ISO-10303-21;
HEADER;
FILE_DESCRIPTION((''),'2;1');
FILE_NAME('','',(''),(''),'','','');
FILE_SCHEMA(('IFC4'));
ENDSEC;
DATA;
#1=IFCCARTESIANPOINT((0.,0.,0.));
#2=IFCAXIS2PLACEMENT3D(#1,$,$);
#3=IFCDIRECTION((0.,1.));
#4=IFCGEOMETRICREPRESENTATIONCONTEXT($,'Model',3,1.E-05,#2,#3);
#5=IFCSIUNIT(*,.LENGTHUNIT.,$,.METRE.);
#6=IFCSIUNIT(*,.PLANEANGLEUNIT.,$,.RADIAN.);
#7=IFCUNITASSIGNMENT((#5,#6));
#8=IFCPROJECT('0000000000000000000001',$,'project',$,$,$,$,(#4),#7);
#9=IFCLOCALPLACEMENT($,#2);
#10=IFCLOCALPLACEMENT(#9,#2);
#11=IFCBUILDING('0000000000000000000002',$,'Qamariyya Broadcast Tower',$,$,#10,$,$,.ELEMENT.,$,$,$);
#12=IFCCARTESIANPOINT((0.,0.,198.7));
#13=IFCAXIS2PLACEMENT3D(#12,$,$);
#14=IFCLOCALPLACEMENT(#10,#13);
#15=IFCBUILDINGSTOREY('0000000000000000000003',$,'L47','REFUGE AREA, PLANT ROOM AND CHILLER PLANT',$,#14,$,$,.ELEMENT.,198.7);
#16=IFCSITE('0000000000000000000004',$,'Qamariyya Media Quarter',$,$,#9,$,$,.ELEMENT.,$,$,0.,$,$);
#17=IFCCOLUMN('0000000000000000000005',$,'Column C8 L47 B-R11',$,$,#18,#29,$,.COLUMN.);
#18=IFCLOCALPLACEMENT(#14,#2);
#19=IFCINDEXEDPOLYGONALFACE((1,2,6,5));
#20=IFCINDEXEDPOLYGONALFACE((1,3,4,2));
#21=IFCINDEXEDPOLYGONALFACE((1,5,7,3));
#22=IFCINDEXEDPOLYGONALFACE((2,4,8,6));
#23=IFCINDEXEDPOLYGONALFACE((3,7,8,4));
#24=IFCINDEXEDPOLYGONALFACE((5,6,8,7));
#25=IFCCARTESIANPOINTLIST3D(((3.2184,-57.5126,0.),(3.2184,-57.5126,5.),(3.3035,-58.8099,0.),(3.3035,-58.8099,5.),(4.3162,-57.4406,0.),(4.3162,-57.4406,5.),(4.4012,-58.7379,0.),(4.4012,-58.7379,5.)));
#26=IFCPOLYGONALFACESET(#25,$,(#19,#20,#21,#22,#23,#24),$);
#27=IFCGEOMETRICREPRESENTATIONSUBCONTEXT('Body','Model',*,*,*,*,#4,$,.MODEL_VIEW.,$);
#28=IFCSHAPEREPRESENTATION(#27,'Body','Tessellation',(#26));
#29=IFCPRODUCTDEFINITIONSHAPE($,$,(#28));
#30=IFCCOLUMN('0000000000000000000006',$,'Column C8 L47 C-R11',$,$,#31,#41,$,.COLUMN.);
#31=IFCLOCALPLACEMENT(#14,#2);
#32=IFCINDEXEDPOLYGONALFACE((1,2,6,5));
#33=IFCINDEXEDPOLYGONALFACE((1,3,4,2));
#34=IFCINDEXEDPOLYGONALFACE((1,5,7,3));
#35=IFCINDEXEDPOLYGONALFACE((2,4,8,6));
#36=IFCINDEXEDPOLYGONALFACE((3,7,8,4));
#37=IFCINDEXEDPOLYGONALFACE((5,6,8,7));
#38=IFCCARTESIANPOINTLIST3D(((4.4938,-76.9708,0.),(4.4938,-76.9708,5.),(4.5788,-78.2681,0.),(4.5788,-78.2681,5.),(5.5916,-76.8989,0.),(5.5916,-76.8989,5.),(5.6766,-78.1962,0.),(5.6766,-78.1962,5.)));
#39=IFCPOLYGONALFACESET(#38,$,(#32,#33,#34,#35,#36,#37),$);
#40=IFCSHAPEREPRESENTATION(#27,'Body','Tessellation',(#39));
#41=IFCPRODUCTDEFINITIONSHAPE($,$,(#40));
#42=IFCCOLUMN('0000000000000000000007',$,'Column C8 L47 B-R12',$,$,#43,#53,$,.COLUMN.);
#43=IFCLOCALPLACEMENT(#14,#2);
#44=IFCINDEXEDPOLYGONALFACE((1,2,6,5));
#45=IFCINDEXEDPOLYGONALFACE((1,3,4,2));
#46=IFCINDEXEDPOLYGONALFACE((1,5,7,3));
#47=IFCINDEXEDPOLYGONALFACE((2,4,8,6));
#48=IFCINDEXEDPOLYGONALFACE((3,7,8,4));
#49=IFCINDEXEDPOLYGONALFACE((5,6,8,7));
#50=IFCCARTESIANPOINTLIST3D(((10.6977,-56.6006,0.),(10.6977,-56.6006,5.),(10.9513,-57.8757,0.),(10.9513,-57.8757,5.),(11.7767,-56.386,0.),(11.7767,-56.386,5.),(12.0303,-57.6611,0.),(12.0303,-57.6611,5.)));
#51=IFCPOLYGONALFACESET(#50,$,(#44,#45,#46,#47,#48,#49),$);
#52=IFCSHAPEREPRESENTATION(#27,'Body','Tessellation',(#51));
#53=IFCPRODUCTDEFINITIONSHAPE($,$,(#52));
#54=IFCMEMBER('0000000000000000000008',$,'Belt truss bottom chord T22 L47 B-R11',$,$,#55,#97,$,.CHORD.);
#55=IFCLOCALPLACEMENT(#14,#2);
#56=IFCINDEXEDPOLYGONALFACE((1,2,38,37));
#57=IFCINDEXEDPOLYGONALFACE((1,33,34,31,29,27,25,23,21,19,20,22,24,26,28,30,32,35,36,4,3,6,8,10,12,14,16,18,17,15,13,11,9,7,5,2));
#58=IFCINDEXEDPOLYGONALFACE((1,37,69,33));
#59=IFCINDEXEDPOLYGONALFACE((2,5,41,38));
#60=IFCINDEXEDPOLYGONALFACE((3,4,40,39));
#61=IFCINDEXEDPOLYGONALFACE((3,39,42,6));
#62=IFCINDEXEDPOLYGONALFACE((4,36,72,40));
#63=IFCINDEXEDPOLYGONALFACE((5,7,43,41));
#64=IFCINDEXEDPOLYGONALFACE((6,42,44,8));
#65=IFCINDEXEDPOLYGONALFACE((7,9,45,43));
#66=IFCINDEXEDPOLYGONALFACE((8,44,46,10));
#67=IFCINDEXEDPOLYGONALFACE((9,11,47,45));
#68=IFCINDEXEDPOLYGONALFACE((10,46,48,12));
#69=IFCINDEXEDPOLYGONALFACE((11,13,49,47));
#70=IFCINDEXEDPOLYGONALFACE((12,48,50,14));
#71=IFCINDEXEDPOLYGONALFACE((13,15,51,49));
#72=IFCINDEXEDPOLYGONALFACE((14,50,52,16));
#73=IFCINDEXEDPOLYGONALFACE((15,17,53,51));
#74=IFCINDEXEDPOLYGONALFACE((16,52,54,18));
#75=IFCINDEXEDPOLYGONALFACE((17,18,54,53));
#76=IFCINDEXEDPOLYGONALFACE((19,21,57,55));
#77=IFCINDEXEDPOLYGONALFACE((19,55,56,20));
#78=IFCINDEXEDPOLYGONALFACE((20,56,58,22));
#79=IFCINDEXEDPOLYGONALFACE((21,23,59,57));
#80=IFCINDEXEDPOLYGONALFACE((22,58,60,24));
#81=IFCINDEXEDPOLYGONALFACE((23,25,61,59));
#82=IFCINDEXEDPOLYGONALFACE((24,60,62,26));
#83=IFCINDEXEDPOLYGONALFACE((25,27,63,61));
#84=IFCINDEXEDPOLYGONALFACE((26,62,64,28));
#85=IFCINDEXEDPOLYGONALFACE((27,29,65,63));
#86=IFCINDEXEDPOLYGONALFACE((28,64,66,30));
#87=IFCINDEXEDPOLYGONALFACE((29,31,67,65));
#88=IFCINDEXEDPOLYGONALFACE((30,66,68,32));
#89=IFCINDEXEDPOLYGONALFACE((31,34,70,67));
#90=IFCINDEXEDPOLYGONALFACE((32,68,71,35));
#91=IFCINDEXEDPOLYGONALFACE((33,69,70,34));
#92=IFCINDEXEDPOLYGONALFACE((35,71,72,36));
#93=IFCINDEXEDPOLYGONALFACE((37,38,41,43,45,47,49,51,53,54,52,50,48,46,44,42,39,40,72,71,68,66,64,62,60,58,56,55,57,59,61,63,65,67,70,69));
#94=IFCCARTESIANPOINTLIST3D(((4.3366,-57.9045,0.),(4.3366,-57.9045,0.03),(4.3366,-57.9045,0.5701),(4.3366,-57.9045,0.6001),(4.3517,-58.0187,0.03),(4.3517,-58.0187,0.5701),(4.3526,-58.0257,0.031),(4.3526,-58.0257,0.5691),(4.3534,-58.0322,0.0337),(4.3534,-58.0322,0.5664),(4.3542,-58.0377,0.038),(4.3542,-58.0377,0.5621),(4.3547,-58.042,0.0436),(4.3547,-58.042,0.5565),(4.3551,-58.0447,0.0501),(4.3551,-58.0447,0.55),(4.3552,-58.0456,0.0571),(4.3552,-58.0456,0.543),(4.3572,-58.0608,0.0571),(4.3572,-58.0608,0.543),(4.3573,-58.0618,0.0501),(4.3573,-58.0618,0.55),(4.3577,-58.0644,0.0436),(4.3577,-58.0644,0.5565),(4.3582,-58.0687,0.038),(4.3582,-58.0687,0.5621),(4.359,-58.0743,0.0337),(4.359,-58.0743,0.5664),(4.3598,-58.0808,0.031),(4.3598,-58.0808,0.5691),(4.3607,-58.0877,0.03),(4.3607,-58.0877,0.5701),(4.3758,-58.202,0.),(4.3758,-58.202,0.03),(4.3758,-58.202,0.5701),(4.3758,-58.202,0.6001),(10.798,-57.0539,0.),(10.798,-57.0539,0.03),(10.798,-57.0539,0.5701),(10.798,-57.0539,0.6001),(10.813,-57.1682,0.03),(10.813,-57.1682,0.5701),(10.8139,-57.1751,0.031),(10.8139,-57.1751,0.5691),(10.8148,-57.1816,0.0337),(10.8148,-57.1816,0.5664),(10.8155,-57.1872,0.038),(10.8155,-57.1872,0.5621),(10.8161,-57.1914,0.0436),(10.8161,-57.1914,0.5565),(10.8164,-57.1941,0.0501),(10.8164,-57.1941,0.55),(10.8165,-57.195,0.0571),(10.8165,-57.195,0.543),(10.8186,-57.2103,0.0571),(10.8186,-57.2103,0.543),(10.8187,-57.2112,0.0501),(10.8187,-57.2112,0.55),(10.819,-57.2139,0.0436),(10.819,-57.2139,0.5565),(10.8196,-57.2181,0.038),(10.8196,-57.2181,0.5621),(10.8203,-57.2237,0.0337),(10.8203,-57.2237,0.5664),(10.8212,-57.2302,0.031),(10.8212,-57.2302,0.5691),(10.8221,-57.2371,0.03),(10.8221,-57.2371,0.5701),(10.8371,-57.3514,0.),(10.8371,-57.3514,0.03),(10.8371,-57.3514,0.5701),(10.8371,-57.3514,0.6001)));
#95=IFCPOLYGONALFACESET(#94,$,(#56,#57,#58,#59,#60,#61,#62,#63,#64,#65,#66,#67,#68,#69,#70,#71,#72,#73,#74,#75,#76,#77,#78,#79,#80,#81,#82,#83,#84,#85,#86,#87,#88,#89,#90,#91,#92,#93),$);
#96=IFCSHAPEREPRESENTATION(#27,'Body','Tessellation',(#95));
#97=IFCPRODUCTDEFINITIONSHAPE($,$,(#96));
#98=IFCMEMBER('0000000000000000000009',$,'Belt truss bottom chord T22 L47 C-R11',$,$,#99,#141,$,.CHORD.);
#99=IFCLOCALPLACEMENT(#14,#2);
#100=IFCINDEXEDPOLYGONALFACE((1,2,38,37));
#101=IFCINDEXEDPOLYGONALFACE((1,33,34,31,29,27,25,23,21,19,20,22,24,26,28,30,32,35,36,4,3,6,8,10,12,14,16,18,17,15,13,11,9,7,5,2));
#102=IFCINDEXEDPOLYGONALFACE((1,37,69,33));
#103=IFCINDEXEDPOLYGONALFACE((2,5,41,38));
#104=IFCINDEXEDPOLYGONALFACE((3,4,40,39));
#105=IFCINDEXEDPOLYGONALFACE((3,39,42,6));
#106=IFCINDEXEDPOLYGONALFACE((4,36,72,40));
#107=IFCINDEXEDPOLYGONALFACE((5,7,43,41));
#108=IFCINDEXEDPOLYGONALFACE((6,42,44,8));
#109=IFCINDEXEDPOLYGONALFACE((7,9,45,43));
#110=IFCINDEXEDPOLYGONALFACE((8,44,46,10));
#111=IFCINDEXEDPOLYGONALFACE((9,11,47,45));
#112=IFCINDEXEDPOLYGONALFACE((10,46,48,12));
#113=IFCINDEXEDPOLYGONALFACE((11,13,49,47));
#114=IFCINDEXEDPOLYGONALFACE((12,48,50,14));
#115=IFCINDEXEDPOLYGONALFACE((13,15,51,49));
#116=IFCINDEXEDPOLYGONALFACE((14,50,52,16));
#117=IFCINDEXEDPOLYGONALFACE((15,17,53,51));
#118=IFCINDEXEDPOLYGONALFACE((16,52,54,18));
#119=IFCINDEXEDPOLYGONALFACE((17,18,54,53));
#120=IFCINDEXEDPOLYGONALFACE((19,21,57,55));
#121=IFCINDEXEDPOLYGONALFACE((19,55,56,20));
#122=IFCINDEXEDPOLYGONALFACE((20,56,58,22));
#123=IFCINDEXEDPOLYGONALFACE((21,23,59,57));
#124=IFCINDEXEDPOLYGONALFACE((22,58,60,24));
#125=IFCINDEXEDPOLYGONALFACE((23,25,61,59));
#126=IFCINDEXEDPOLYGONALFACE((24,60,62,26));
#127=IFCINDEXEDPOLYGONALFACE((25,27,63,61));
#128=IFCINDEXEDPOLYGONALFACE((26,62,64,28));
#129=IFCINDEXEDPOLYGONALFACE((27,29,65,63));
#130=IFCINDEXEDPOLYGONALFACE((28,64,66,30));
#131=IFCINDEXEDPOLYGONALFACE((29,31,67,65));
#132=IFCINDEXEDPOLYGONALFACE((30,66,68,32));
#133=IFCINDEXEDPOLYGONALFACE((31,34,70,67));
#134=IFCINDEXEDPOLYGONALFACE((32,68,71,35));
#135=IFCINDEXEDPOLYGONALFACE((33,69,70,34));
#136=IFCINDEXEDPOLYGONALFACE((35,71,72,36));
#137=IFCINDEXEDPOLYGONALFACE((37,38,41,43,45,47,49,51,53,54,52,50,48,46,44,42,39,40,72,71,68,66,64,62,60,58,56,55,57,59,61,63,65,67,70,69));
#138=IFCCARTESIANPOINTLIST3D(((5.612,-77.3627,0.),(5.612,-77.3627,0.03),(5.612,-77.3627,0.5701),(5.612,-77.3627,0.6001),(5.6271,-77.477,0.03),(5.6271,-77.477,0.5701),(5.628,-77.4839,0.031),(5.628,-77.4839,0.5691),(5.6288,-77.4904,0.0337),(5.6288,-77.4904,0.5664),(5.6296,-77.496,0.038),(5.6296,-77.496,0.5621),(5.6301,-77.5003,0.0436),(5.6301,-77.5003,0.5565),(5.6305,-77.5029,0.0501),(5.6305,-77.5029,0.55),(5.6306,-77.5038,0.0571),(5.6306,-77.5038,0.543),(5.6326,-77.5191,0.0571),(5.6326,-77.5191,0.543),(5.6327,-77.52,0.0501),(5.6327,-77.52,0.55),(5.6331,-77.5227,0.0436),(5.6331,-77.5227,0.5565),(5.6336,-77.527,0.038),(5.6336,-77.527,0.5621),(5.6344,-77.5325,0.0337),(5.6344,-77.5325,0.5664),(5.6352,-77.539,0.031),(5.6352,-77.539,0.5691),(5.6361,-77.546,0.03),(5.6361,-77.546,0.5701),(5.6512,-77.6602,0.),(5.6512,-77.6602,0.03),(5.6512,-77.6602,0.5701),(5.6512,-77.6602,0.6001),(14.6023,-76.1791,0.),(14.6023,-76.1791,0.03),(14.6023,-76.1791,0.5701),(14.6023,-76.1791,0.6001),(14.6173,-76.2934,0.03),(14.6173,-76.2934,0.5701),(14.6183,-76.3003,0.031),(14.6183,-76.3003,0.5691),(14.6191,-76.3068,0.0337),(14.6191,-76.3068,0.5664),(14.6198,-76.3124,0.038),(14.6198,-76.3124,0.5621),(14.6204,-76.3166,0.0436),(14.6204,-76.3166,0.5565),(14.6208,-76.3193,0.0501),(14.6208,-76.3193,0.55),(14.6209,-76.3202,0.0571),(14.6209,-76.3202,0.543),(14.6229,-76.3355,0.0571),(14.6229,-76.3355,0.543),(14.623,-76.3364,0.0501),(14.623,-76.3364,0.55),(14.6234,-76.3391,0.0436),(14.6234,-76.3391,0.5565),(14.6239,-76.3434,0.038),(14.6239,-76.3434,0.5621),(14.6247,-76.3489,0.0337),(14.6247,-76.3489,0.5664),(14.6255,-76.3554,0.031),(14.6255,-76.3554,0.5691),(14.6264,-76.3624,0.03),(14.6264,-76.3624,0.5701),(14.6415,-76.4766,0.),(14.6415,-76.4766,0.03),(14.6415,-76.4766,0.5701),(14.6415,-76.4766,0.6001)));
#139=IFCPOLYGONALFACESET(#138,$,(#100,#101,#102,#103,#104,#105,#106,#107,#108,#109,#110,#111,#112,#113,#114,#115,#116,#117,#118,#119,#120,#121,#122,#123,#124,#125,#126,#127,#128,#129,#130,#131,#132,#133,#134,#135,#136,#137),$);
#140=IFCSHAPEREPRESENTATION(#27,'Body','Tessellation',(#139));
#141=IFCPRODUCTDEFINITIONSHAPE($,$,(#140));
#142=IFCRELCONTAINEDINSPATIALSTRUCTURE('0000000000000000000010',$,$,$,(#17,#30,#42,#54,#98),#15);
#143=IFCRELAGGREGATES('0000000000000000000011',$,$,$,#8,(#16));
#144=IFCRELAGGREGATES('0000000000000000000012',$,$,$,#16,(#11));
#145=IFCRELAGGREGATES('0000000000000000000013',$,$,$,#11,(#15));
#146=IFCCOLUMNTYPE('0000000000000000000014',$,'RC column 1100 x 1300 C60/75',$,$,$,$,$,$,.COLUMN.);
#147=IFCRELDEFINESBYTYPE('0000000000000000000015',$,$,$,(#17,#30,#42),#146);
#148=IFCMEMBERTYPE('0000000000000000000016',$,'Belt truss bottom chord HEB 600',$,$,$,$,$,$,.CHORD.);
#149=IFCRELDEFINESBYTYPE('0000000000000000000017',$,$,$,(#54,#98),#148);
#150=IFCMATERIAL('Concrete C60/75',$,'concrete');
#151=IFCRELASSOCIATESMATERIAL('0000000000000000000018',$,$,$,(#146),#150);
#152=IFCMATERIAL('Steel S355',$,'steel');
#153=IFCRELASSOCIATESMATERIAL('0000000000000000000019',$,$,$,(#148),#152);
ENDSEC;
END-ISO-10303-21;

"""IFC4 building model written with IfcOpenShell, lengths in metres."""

from ifc_helpers import new_model, si_unit, direction, frame, origin, origin_2d, place, context, subcontext, project, spatial, rectangle, i_section, extrude, material, material_profile, profile_set, type_object, element, save


model = new_model("IFC4")

# Units and contexts
model_context = context("Model", 3, precision=1e-05, world=origin(), true_north=direction((0.0, 1.0)))
body_context = subcontext(model_context, "Body", "Model", "MODEL_VIEW")
ifc_project = project(units=[si_unit("LENGTHUNIT", "METRE"), si_unit("PLANEANGLEUNIT", "RADIAN")], contexts=[model_context])

# Site, building, storey
site_placement = place(None, origin())
site = spatial("IfcSite", under=ifc_project, at=site_placement, Name="Qamariyya Media Quarter", CompositionType="ELEMENT", RefElevation=0.0)
building_placement = place(site_placement, origin())
building = spatial("IfcBuilding", under=site, at=building_placement, Name="Qamariyya Broadcast Tower", CompositionType="ELEMENT")
storey_placement = place(building_placement, frame((0.0, 0.0, 198.7)))
storey = spatial("IfcBuildingStorey", under=building, at=storey_placement, Name="L47", Description="REFUGE AREA, PLANT ROOM AND CHILLER PLANT", CompositionType="ELEMENT", Elevation=198.7)

# Columns
ifc_material_1 = material(Name="Concrete C60/75", Category="concrete")
ifc_material_profile_1 = material_profile(ifc_material_1, rectangle(XDim=1.1001, YDim=1.3, at=origin_2d()))
ifc_profile_set_1 = profile_set([ifc_material_profile_1], Name="Concrete C60/75")
column_type = type_object("IfcColumnType", Name="RC column 1100 x 1300 C60/75", PredefinedType="COLUMN", material=ifc_profile_set_1)
for number, where, z_axis, x_axis, name in (
    (1, (3.8098, -58.1252, 0.0), (0.0, 0.0, 1.0), (0.997859, 0.065403, 0.0), "Column C8 L47 B-R11"),
    (2, (5.0852, -77.5835, 0.0), (0.0, 0.0, 1.0), (0.997859, 0.065403, 0.0), "Column C8 L47 C-R11"),
    (3, (11.364, -57.1309, 0.0), (0.0, 0.0, 1.0), (0.980785, 0.19509, 0.0), "Column C8 L47 B-R12"),
):
    element("IfcColumn", number, at=place(storey_placement, frame(where, z_axis=z_axis, x_axis=x_axis)), inside=storey, type_object=column_type, Name=name, PredefinedType="COLUMN", context=body_context, shape_type="SweptSolid", body=[
        extrude(rectangle(XDim=1.1001, YDim=1.3, at=origin_2d()), origin(), (0.0, 0.0, 1.0), 5.0),
    ])

# Members
ifc_material_2 = material(Name="Steel S355", Category="steel")
ifc_material_profile_2 = material_profile(ifc_material_2, i_section(OverallWidth=0.3, OverallDepth=0.6001, WebThickness=0.0154, FlangeThickness=0.03, FilletRadius=0.0271, at=origin_2d()))
ifc_profile_set_2 = profile_set([ifc_material_profile_2], Name="Steel S355")
member_type_1 = type_object("IfcMemberType", Name="Belt truss bottom chord HEB 600", PredefinedType="CHORD", material=ifc_profile_set_2)
member_1_placement = place(storey_placement, frame((4.3562, -58.0532, 0.3), z_axis=(0.991446, 0.130515, 0.0), x_axis=(-0.130515, 0.991446, 0.0)))
element("IfcMember", 4, at=member_1_placement, inside=storey, type_object=member_type_1, Name="Belt truss bottom chord T22 L47 B-R11", PredefinedType="CHORD", context=body_context, shape_type="SweptSolid", body=[
    extrude(i_section(OverallWidth=0.3, OverallDepth=0.6001, WebThickness=0.0154, FlangeThickness=0.03, FilletRadius=0.0271, at=origin_2d()), origin(), (0.0, 0.0, 1.0), 6.5171),
])
member_2_placement = place(storey_placement, frame((5.6316, -77.5115, 0.3), z_axis=(0.991445, 0.130527, 0.0), x_axis=(-0.130527, 0.991445, 0.0)))
element("IfcMember", 5, at=member_2_placement, inside=storey, type_object=member_type_1, Name="Belt truss bottom chord T22 L47 C-R11", PredefinedType="CHORD", context=body_context, shape_type="SweptSolid", body=[
    extrude(i_section(OverallWidth=0.3, OverallDepth=0.6001, WebThickness=0.0154, FlangeThickness=0.03, FilletRadius=0.0271, at=origin_2d()), origin(), (0.0, 0.0, 1.0), 9.0679),
])

save(model, "model.ifc")
